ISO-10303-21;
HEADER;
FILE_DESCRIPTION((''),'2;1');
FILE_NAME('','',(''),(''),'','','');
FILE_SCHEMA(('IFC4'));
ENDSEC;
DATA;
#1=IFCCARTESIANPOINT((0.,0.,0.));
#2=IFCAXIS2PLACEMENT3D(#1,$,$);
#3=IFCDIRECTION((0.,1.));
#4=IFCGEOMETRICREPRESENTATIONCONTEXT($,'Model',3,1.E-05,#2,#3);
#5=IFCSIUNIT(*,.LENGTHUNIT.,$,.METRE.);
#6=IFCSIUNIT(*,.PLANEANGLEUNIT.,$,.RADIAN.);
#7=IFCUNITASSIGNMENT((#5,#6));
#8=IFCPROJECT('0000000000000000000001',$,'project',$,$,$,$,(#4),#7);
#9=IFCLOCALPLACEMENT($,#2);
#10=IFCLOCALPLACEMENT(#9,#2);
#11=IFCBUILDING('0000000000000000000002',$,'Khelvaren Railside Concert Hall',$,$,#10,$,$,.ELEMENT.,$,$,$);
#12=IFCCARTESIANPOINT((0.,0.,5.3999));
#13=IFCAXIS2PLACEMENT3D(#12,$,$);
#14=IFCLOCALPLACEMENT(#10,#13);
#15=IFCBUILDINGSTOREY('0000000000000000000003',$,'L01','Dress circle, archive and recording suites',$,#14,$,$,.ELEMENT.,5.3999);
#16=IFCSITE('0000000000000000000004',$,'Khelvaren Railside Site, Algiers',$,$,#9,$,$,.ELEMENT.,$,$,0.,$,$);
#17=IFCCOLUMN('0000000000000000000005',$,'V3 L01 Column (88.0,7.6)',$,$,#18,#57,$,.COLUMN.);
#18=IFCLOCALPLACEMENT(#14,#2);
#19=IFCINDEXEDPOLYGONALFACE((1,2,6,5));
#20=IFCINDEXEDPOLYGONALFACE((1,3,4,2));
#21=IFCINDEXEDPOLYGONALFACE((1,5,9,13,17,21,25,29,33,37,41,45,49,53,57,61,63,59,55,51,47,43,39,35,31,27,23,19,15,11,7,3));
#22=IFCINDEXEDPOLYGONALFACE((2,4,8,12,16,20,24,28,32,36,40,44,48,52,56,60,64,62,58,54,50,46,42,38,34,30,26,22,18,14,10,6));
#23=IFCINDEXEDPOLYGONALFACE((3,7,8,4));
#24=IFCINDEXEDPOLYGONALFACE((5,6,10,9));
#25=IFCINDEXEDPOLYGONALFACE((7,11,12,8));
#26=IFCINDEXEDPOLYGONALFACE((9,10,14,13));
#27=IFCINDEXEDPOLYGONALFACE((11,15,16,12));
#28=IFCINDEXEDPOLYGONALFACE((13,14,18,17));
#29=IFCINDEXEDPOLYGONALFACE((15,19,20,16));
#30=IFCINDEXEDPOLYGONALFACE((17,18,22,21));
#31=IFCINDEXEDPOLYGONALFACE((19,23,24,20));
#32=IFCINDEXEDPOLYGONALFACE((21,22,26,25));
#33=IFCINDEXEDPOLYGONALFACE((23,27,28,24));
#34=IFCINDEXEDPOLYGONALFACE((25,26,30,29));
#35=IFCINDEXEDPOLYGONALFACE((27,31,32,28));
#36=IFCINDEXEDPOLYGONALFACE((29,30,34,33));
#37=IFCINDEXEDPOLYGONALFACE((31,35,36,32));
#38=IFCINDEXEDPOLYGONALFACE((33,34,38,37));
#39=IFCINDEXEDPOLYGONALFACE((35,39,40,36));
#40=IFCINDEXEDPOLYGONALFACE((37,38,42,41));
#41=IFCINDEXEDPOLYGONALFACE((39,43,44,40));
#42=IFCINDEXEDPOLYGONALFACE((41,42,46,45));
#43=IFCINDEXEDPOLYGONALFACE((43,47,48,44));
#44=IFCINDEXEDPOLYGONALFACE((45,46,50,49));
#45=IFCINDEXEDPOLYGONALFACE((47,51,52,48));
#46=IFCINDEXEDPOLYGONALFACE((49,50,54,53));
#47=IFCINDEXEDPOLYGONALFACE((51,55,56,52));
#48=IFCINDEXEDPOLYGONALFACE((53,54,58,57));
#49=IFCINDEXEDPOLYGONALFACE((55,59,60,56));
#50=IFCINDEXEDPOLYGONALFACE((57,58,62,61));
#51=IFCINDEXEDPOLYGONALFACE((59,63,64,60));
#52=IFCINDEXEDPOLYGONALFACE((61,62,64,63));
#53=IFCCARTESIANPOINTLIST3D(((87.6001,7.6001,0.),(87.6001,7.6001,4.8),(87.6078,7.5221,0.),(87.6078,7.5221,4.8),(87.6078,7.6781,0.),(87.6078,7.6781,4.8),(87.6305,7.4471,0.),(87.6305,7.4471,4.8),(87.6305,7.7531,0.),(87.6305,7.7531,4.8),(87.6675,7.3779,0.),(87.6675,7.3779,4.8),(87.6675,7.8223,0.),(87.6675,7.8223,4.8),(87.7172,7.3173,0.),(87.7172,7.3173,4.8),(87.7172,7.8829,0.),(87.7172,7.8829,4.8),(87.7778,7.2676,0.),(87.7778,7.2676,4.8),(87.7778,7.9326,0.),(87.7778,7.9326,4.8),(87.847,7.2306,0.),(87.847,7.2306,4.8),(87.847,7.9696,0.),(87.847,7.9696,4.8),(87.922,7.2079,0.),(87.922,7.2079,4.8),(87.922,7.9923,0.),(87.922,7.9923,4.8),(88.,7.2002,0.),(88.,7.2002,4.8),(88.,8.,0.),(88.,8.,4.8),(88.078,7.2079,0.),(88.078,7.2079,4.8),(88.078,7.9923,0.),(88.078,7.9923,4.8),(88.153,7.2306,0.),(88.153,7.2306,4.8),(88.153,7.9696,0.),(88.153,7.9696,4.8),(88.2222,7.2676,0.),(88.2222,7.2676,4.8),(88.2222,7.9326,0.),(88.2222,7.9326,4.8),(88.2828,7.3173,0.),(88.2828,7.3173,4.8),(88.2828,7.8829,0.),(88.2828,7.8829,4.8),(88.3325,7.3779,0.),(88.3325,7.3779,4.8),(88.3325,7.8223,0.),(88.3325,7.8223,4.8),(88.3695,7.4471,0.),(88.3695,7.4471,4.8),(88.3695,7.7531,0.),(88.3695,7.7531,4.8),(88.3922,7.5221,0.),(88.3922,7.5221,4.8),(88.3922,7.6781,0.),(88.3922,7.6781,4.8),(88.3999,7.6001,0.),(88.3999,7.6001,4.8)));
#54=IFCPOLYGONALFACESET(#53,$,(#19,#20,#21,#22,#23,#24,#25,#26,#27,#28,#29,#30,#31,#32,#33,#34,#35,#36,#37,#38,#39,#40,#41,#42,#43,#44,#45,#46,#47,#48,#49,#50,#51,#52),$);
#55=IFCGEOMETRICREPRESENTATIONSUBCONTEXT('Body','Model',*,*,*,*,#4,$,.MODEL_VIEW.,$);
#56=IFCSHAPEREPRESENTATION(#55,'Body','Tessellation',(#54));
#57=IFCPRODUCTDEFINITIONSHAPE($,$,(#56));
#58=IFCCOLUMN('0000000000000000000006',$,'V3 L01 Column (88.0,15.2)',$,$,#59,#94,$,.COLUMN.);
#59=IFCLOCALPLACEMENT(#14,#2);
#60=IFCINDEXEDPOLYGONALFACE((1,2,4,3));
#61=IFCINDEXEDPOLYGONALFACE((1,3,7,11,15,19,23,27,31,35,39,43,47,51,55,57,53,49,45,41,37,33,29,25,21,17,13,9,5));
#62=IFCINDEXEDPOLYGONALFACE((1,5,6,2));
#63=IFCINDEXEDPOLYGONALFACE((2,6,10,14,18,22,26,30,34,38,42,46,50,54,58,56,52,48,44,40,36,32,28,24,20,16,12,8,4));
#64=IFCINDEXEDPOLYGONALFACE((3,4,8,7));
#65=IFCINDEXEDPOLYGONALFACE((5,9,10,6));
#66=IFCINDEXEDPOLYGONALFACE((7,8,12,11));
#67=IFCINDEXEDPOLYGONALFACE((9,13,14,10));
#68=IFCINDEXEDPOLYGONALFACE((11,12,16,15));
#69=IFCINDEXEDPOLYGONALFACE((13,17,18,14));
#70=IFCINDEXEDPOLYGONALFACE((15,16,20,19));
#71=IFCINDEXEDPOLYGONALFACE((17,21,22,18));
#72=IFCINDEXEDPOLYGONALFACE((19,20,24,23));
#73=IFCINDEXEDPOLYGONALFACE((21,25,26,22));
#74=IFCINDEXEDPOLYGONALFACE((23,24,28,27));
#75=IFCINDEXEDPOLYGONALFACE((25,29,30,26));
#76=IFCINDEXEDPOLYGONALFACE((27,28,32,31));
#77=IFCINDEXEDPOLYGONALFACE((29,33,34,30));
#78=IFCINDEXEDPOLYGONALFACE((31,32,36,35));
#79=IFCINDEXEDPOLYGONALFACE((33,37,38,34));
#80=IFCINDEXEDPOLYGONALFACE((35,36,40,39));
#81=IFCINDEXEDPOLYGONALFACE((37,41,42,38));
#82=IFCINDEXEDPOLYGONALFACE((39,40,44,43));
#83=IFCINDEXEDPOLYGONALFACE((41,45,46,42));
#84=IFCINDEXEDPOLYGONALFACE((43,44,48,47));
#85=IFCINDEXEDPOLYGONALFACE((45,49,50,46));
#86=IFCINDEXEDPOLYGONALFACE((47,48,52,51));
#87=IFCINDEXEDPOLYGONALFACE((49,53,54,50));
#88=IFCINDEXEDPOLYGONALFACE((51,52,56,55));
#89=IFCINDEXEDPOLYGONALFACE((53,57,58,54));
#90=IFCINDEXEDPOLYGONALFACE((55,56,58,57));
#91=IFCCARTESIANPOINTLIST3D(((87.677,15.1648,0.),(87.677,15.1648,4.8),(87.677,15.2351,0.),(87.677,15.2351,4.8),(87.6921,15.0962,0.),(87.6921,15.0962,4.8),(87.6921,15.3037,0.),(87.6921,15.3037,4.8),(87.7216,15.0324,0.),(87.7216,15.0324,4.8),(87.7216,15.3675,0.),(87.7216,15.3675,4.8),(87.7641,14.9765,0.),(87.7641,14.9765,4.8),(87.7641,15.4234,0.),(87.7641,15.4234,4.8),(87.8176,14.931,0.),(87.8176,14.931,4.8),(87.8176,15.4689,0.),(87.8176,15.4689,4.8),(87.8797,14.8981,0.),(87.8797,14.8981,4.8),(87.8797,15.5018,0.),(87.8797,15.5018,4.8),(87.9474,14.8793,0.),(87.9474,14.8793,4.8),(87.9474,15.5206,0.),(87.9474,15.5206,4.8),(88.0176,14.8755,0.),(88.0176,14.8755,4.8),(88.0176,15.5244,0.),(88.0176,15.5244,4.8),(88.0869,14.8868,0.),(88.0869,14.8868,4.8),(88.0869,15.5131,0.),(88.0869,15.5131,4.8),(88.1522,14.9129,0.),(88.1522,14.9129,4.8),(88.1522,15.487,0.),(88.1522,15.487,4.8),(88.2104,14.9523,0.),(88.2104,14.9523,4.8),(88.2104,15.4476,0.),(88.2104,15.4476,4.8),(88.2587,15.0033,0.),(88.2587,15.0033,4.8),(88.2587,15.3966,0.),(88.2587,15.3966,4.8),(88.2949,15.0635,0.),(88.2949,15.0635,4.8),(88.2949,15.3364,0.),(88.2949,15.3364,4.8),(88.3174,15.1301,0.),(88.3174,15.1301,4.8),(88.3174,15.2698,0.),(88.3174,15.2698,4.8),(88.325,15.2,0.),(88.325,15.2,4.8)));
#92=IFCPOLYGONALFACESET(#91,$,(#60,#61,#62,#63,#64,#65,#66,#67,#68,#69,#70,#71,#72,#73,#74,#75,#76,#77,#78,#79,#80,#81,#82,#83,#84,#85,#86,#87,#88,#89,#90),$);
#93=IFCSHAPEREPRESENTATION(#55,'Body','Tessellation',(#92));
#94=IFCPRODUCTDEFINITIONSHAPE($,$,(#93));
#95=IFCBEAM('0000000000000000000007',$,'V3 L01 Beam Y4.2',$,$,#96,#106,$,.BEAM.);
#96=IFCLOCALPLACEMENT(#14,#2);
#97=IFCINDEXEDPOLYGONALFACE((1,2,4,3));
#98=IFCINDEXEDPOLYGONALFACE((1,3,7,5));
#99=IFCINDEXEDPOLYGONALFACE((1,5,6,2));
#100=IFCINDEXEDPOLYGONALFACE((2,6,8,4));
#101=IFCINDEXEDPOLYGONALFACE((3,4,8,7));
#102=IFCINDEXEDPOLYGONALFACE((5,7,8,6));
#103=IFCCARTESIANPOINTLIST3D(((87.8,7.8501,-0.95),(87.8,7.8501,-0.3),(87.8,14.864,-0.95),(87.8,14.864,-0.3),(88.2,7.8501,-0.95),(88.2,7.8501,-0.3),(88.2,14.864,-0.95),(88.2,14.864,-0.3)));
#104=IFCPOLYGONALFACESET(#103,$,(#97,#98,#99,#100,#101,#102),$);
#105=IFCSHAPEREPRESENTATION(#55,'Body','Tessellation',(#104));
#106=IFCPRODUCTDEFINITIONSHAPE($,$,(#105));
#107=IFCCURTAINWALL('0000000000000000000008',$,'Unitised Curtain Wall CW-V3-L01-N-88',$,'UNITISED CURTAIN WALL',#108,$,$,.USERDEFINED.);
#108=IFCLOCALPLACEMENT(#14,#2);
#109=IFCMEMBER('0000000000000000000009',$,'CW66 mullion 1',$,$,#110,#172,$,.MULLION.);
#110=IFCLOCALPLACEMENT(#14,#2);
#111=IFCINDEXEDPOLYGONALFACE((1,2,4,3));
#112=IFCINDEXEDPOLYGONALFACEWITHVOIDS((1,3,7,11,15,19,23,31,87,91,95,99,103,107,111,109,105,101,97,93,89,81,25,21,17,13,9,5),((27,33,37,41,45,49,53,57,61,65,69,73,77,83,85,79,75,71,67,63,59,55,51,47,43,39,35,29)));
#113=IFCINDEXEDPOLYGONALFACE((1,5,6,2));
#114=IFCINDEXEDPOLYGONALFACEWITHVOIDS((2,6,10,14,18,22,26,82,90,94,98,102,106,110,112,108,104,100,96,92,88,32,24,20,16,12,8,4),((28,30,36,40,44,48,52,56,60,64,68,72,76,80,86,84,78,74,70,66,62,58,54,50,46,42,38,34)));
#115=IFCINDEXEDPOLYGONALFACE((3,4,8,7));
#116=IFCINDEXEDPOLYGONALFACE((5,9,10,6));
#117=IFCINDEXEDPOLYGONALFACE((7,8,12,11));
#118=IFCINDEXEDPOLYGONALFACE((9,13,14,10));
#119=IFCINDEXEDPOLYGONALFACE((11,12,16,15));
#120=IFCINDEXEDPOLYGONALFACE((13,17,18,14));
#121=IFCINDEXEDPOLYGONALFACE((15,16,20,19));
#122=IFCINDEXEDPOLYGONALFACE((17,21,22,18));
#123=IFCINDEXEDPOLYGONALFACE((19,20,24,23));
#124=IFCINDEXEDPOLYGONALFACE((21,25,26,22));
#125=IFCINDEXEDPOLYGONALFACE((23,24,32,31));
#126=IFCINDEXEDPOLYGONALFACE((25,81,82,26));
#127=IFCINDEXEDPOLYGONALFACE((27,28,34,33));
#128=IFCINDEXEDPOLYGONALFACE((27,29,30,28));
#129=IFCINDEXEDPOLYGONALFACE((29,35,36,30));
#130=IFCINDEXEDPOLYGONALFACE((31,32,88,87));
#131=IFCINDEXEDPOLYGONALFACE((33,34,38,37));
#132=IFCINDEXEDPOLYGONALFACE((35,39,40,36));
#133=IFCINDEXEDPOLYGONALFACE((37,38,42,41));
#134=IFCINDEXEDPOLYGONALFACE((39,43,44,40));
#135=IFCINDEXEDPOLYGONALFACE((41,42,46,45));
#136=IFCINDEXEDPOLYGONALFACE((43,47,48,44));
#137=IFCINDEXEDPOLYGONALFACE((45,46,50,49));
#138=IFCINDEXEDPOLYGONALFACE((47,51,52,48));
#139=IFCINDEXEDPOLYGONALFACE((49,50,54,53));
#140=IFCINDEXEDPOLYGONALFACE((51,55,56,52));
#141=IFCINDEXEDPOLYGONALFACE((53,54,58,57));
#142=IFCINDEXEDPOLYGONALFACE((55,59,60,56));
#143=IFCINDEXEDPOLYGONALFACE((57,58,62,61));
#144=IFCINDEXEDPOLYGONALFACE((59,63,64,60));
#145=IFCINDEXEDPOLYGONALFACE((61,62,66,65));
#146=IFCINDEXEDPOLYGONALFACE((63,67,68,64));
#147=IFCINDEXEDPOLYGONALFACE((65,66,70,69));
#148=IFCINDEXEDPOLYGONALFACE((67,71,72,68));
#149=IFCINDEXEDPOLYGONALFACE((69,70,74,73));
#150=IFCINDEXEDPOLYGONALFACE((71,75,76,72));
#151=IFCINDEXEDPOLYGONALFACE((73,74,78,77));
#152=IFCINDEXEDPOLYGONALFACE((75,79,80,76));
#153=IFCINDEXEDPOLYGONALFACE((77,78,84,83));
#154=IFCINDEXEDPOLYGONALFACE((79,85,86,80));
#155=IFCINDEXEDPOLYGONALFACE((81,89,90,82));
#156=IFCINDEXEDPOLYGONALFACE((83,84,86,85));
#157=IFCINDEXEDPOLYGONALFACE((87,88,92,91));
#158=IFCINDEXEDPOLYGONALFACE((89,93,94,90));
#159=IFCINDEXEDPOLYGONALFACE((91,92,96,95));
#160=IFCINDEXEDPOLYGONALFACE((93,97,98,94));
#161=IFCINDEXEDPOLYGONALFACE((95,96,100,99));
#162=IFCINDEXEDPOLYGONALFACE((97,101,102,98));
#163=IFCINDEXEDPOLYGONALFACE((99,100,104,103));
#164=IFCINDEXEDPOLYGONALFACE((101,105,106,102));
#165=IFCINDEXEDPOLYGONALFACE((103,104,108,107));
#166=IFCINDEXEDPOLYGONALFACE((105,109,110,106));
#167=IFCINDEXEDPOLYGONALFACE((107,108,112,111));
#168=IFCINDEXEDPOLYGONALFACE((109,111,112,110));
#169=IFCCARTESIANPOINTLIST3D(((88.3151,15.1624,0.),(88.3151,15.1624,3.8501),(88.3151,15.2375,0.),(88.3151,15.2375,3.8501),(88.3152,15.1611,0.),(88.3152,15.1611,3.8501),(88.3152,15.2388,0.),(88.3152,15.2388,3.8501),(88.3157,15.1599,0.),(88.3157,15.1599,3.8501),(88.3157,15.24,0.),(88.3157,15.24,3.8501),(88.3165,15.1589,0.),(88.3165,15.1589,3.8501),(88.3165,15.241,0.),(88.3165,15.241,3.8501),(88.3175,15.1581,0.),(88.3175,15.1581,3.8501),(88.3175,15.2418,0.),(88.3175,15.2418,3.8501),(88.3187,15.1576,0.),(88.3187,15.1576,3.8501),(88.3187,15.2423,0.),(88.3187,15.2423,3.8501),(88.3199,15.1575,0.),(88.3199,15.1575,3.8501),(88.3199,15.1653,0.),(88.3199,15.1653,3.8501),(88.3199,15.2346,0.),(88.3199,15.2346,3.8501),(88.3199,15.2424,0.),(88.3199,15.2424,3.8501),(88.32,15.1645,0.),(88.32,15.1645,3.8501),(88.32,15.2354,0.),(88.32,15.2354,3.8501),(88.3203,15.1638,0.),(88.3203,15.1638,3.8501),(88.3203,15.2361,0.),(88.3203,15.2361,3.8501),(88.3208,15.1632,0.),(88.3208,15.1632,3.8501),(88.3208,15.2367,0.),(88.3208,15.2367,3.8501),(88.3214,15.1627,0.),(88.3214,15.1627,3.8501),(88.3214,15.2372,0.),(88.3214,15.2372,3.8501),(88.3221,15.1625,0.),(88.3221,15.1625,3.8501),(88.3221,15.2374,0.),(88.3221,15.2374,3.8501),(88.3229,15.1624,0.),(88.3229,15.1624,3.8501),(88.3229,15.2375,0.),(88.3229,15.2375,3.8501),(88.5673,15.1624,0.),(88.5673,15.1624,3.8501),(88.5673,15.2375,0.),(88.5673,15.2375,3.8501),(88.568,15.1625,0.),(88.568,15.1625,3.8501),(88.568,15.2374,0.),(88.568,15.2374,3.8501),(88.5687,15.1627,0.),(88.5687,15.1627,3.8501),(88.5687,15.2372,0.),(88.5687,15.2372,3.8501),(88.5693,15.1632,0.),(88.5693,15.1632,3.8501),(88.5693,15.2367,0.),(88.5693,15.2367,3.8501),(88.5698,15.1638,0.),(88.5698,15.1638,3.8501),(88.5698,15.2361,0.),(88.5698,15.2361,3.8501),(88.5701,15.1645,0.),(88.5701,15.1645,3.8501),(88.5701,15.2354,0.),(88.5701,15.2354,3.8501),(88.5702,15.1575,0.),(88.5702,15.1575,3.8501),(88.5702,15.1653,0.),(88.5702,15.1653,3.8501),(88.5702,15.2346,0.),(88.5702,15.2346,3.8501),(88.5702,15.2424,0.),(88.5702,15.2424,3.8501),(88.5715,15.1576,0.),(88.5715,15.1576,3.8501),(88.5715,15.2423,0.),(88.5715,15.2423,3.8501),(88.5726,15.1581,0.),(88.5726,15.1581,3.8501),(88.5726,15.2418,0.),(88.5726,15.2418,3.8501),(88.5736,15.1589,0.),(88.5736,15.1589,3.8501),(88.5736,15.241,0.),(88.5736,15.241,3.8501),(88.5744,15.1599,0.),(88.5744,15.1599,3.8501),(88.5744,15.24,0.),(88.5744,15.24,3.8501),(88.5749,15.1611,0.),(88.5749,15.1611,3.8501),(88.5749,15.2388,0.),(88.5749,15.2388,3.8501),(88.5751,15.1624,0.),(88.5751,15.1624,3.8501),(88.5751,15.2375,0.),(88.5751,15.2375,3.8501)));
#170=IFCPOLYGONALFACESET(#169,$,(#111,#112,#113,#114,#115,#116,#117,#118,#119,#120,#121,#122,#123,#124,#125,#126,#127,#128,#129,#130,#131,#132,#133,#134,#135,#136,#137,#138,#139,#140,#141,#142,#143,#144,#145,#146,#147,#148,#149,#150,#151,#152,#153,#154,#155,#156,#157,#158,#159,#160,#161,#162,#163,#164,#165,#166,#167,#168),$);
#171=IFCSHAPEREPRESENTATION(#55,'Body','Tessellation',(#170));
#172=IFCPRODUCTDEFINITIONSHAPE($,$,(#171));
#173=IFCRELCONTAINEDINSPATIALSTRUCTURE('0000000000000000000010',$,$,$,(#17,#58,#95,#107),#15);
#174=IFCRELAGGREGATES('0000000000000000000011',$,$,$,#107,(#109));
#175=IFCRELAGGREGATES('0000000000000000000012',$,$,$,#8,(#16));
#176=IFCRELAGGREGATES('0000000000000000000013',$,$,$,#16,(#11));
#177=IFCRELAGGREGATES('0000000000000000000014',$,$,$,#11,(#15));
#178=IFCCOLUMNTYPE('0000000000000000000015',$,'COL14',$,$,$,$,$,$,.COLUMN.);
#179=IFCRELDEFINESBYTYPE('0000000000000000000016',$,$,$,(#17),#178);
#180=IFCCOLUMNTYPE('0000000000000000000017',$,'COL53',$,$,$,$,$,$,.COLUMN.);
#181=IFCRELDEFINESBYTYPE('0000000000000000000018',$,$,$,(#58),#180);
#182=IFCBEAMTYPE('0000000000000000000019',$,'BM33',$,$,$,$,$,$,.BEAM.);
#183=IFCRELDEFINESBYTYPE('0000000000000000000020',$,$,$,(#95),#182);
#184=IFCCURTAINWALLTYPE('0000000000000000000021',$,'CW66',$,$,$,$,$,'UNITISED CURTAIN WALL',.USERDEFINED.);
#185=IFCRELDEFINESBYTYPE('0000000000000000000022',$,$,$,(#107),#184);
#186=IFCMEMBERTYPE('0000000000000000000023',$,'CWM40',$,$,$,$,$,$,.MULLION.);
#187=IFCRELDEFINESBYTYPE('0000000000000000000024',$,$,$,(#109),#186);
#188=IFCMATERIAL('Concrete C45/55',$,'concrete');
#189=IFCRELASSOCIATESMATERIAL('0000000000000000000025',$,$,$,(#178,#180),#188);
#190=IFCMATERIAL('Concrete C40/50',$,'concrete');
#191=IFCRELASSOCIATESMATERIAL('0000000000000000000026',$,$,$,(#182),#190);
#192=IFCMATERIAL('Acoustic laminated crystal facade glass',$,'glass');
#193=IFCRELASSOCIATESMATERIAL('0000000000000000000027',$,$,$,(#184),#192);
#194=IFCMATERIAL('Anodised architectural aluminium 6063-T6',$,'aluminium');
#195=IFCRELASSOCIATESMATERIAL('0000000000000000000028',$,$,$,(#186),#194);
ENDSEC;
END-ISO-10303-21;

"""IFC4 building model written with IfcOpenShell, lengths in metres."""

from ifc_helpers import new_model, si_unit, direction, frame, origin, origin_2d, place, context, subcontext, project, spatial, rectangle, hollow_rectangle, circle, extrude, material, material_profile, profile_set, type_object, element, aggregate, save


model = new_model("IFC4")

# Units and contexts
model_context = context("Model", 3, precision=1e-05, world=origin(), true_north=direction((0.0, 1.0)))
body_context = subcontext(model_context, "Body", "Model", "MODEL_VIEW")
ifc_project = project(units=[si_unit("LENGTHUNIT", "METRE"), si_unit("PLANEANGLEUNIT", "RADIAN")], contexts=[model_context])

# Site, building, storey
site_placement = place(None, origin())
site = spatial("IfcSite", under=ifc_project, at=site_placement, Name="Khelvaren Railside Site, Algiers", CompositionType="ELEMENT", RefElevation=0.0)
building_placement = place(site_placement, origin())
building = spatial("IfcBuilding", under=site, at=building_placement, Name="Khelvaren Railside Concert Hall", CompositionType="ELEMENT")
storey_placement = place(building_placement, frame((0.0, 0.0, 5.3999)))
storey = spatial("IfcBuildingStorey", under=building, at=storey_placement, Name="L01", Description="Dress circle, archive and recording suites", CompositionType="ELEMENT", Elevation=5.3999)

# Columns
ifc_material_1 = material(Name="Concrete C45/55", Category="concrete")
ifc_material_profile_1 = material_profile(ifc_material_1, circle(Radius=0.3999, at=origin_2d()), Name="RC D800")
ifc_profile_set_1 = profile_set([ifc_material_profile_1], Name="Concrete C45/55")
column_type_1 = type_object("IfcColumnType", Name="COL14", PredefinedType="COLUMN", material=ifc_profile_set_1)
column_1_placement = place(storey_placement, frame((88.0, 7.6001, 0.0), z_axis=(0.0, 0.0, 1.0), x_axis=(1.0, 0.0, 0.0)))
element("IfcColumn", 1, at=column_1_placement, inside=storey, type_object=column_type_1, Name="V3 L01 Column (88.0,7.6)", PredefinedType="COLUMN", context=body_context, shape_type="SweptSolid", body=[
    extrude(circle(Radius=0.3999, at=origin_2d()), origin(), (0.0, 0.0, 1.0), 4.8),
])
ifc_material_profile_2 = material_profile(ifc_material_1, circle(Radius=0.325, at=origin_2d()), Name="RC D650")
ifc_profile_set_2 = profile_set([ifc_material_profile_2], Name="Concrete C45/55")
column_type_2 = type_object("IfcColumnType", Name="COL53", PredefinedType="COLUMN", material=ifc_profile_set_2)
column_2_placement = place(storey_placement, frame((88.0, 15.2, 0.0), z_axis=(0.0, 0.0, 1.0), x_axis=(1.0, 0.0, 0.0)))
element("IfcColumn", 2, at=column_2_placement, inside=storey, type_object=column_type_2, Name="V3 L01 Column (88.0,15.2)", PredefinedType="COLUMN", context=body_context, shape_type="SweptSolid", body=[
    extrude(circle(Radius=0.325, at=origin_2d()), origin(), (0.0, 0.0, 1.0), 4.8),
])

# Beam
ifc_material_2 = material(Name="Concrete C40/50", Category="concrete")
ifc_material_profile_3 = material_profile(ifc_material_2, rectangle(XDim=0.3999, YDim=0.6499, at=origin_2d()), Name="RCB 400x650")
ifc_profile_set_3 = profile_set([ifc_material_profile_3], Name="Concrete C40/50")
beam_type_1 = type_object("IfcBeamType", Name="BM33", PredefinedType="BEAM", material=ifc_profile_set_3)
beam_1_placement = place(storey_placement, frame((88.0, 7.8501, -0.625), z_axis=(0.0, 1.0, 0.0), x_axis=(-1.0, 0.0, 0.0)))
element("IfcBeam", 3, at=beam_1_placement, inside=storey, type_object=beam_type_1, Name="V3 L01 Beam Y4.2", PredefinedType="BEAM", context=body_context, shape_type="SweptSolid", body=[
    extrude(rectangle(XDim=0.3999, YDim=0.6499, at=origin_2d()), origin(), (0.0, 0.0, 1.0), 7.0139),
])

# Curtain wall, member
ifc_material_3 = material(Name="Acoustic laminated crystal facade glass", Category="glass")
curtain_wall_type = type_object("IfcCurtainWallType", Name="CW66", ElementType="UNITISED CURTAIN WALL", PredefinedType="USERDEFINED", material=ifc_material_3)
curtain_wall_placement = place(storey_placement, origin())
curtain_wall = element("IfcCurtainWall", 4, at=curtain_wall_placement, inside=storey, type_object=curtain_wall_type, Name="Unitised Curtain Wall CW-V3-L01-N-88", ObjectType="UNITISED CURTAIN WALL", PredefinedType="USERDEFINED")
ifc_material_4 = material(Name="Anodised architectural aluminium 6063-T6", Category="aluminium")
ifc_material_profile_4 = material_profile(ifc_material_4, hollow_rectangle(XDim=0.085, YDim=0.26, WallThickness=0.0049, InnerFilletRadius=0.0029, OuterFilletRadius=0.0049, at=origin_2d()), Name="CWM 85x260x5")
ifc_profile_set_4 = profile_set([ifc_material_profile_4], Name="Anodised architectural aluminium 6063-T6")
member_type_1 = type_object("IfcMemberType", Name="CWM40", PredefinedType="MULLION", material=ifc_profile_set_4)
member_1_placement = place(storey_placement, frame((88.4451, 15.2, 0.0), z_axis=(0.0, 0.0, 1.0), x_axis=(0.0, 1.0, 0.0)))
member_1 = element("IfcMember", 5, at=member_1_placement, type_object=member_type_1, Name="CW66 mullion 1", PredefinedType="MULLION", context=body_context, shape_type="SweptSolid", body=[
    extrude(hollow_rectangle(XDim=0.085, YDim=0.26, WallThickness=0.0049, InnerFilletRadius=0.0029, OuterFilletRadius=0.0049, at=origin_2d()), origin(), (0.0, 0.0, 1.0), 3.8501),
])

aggregate(curtain_wall, [member_1])

save(model, "model.ifc")
